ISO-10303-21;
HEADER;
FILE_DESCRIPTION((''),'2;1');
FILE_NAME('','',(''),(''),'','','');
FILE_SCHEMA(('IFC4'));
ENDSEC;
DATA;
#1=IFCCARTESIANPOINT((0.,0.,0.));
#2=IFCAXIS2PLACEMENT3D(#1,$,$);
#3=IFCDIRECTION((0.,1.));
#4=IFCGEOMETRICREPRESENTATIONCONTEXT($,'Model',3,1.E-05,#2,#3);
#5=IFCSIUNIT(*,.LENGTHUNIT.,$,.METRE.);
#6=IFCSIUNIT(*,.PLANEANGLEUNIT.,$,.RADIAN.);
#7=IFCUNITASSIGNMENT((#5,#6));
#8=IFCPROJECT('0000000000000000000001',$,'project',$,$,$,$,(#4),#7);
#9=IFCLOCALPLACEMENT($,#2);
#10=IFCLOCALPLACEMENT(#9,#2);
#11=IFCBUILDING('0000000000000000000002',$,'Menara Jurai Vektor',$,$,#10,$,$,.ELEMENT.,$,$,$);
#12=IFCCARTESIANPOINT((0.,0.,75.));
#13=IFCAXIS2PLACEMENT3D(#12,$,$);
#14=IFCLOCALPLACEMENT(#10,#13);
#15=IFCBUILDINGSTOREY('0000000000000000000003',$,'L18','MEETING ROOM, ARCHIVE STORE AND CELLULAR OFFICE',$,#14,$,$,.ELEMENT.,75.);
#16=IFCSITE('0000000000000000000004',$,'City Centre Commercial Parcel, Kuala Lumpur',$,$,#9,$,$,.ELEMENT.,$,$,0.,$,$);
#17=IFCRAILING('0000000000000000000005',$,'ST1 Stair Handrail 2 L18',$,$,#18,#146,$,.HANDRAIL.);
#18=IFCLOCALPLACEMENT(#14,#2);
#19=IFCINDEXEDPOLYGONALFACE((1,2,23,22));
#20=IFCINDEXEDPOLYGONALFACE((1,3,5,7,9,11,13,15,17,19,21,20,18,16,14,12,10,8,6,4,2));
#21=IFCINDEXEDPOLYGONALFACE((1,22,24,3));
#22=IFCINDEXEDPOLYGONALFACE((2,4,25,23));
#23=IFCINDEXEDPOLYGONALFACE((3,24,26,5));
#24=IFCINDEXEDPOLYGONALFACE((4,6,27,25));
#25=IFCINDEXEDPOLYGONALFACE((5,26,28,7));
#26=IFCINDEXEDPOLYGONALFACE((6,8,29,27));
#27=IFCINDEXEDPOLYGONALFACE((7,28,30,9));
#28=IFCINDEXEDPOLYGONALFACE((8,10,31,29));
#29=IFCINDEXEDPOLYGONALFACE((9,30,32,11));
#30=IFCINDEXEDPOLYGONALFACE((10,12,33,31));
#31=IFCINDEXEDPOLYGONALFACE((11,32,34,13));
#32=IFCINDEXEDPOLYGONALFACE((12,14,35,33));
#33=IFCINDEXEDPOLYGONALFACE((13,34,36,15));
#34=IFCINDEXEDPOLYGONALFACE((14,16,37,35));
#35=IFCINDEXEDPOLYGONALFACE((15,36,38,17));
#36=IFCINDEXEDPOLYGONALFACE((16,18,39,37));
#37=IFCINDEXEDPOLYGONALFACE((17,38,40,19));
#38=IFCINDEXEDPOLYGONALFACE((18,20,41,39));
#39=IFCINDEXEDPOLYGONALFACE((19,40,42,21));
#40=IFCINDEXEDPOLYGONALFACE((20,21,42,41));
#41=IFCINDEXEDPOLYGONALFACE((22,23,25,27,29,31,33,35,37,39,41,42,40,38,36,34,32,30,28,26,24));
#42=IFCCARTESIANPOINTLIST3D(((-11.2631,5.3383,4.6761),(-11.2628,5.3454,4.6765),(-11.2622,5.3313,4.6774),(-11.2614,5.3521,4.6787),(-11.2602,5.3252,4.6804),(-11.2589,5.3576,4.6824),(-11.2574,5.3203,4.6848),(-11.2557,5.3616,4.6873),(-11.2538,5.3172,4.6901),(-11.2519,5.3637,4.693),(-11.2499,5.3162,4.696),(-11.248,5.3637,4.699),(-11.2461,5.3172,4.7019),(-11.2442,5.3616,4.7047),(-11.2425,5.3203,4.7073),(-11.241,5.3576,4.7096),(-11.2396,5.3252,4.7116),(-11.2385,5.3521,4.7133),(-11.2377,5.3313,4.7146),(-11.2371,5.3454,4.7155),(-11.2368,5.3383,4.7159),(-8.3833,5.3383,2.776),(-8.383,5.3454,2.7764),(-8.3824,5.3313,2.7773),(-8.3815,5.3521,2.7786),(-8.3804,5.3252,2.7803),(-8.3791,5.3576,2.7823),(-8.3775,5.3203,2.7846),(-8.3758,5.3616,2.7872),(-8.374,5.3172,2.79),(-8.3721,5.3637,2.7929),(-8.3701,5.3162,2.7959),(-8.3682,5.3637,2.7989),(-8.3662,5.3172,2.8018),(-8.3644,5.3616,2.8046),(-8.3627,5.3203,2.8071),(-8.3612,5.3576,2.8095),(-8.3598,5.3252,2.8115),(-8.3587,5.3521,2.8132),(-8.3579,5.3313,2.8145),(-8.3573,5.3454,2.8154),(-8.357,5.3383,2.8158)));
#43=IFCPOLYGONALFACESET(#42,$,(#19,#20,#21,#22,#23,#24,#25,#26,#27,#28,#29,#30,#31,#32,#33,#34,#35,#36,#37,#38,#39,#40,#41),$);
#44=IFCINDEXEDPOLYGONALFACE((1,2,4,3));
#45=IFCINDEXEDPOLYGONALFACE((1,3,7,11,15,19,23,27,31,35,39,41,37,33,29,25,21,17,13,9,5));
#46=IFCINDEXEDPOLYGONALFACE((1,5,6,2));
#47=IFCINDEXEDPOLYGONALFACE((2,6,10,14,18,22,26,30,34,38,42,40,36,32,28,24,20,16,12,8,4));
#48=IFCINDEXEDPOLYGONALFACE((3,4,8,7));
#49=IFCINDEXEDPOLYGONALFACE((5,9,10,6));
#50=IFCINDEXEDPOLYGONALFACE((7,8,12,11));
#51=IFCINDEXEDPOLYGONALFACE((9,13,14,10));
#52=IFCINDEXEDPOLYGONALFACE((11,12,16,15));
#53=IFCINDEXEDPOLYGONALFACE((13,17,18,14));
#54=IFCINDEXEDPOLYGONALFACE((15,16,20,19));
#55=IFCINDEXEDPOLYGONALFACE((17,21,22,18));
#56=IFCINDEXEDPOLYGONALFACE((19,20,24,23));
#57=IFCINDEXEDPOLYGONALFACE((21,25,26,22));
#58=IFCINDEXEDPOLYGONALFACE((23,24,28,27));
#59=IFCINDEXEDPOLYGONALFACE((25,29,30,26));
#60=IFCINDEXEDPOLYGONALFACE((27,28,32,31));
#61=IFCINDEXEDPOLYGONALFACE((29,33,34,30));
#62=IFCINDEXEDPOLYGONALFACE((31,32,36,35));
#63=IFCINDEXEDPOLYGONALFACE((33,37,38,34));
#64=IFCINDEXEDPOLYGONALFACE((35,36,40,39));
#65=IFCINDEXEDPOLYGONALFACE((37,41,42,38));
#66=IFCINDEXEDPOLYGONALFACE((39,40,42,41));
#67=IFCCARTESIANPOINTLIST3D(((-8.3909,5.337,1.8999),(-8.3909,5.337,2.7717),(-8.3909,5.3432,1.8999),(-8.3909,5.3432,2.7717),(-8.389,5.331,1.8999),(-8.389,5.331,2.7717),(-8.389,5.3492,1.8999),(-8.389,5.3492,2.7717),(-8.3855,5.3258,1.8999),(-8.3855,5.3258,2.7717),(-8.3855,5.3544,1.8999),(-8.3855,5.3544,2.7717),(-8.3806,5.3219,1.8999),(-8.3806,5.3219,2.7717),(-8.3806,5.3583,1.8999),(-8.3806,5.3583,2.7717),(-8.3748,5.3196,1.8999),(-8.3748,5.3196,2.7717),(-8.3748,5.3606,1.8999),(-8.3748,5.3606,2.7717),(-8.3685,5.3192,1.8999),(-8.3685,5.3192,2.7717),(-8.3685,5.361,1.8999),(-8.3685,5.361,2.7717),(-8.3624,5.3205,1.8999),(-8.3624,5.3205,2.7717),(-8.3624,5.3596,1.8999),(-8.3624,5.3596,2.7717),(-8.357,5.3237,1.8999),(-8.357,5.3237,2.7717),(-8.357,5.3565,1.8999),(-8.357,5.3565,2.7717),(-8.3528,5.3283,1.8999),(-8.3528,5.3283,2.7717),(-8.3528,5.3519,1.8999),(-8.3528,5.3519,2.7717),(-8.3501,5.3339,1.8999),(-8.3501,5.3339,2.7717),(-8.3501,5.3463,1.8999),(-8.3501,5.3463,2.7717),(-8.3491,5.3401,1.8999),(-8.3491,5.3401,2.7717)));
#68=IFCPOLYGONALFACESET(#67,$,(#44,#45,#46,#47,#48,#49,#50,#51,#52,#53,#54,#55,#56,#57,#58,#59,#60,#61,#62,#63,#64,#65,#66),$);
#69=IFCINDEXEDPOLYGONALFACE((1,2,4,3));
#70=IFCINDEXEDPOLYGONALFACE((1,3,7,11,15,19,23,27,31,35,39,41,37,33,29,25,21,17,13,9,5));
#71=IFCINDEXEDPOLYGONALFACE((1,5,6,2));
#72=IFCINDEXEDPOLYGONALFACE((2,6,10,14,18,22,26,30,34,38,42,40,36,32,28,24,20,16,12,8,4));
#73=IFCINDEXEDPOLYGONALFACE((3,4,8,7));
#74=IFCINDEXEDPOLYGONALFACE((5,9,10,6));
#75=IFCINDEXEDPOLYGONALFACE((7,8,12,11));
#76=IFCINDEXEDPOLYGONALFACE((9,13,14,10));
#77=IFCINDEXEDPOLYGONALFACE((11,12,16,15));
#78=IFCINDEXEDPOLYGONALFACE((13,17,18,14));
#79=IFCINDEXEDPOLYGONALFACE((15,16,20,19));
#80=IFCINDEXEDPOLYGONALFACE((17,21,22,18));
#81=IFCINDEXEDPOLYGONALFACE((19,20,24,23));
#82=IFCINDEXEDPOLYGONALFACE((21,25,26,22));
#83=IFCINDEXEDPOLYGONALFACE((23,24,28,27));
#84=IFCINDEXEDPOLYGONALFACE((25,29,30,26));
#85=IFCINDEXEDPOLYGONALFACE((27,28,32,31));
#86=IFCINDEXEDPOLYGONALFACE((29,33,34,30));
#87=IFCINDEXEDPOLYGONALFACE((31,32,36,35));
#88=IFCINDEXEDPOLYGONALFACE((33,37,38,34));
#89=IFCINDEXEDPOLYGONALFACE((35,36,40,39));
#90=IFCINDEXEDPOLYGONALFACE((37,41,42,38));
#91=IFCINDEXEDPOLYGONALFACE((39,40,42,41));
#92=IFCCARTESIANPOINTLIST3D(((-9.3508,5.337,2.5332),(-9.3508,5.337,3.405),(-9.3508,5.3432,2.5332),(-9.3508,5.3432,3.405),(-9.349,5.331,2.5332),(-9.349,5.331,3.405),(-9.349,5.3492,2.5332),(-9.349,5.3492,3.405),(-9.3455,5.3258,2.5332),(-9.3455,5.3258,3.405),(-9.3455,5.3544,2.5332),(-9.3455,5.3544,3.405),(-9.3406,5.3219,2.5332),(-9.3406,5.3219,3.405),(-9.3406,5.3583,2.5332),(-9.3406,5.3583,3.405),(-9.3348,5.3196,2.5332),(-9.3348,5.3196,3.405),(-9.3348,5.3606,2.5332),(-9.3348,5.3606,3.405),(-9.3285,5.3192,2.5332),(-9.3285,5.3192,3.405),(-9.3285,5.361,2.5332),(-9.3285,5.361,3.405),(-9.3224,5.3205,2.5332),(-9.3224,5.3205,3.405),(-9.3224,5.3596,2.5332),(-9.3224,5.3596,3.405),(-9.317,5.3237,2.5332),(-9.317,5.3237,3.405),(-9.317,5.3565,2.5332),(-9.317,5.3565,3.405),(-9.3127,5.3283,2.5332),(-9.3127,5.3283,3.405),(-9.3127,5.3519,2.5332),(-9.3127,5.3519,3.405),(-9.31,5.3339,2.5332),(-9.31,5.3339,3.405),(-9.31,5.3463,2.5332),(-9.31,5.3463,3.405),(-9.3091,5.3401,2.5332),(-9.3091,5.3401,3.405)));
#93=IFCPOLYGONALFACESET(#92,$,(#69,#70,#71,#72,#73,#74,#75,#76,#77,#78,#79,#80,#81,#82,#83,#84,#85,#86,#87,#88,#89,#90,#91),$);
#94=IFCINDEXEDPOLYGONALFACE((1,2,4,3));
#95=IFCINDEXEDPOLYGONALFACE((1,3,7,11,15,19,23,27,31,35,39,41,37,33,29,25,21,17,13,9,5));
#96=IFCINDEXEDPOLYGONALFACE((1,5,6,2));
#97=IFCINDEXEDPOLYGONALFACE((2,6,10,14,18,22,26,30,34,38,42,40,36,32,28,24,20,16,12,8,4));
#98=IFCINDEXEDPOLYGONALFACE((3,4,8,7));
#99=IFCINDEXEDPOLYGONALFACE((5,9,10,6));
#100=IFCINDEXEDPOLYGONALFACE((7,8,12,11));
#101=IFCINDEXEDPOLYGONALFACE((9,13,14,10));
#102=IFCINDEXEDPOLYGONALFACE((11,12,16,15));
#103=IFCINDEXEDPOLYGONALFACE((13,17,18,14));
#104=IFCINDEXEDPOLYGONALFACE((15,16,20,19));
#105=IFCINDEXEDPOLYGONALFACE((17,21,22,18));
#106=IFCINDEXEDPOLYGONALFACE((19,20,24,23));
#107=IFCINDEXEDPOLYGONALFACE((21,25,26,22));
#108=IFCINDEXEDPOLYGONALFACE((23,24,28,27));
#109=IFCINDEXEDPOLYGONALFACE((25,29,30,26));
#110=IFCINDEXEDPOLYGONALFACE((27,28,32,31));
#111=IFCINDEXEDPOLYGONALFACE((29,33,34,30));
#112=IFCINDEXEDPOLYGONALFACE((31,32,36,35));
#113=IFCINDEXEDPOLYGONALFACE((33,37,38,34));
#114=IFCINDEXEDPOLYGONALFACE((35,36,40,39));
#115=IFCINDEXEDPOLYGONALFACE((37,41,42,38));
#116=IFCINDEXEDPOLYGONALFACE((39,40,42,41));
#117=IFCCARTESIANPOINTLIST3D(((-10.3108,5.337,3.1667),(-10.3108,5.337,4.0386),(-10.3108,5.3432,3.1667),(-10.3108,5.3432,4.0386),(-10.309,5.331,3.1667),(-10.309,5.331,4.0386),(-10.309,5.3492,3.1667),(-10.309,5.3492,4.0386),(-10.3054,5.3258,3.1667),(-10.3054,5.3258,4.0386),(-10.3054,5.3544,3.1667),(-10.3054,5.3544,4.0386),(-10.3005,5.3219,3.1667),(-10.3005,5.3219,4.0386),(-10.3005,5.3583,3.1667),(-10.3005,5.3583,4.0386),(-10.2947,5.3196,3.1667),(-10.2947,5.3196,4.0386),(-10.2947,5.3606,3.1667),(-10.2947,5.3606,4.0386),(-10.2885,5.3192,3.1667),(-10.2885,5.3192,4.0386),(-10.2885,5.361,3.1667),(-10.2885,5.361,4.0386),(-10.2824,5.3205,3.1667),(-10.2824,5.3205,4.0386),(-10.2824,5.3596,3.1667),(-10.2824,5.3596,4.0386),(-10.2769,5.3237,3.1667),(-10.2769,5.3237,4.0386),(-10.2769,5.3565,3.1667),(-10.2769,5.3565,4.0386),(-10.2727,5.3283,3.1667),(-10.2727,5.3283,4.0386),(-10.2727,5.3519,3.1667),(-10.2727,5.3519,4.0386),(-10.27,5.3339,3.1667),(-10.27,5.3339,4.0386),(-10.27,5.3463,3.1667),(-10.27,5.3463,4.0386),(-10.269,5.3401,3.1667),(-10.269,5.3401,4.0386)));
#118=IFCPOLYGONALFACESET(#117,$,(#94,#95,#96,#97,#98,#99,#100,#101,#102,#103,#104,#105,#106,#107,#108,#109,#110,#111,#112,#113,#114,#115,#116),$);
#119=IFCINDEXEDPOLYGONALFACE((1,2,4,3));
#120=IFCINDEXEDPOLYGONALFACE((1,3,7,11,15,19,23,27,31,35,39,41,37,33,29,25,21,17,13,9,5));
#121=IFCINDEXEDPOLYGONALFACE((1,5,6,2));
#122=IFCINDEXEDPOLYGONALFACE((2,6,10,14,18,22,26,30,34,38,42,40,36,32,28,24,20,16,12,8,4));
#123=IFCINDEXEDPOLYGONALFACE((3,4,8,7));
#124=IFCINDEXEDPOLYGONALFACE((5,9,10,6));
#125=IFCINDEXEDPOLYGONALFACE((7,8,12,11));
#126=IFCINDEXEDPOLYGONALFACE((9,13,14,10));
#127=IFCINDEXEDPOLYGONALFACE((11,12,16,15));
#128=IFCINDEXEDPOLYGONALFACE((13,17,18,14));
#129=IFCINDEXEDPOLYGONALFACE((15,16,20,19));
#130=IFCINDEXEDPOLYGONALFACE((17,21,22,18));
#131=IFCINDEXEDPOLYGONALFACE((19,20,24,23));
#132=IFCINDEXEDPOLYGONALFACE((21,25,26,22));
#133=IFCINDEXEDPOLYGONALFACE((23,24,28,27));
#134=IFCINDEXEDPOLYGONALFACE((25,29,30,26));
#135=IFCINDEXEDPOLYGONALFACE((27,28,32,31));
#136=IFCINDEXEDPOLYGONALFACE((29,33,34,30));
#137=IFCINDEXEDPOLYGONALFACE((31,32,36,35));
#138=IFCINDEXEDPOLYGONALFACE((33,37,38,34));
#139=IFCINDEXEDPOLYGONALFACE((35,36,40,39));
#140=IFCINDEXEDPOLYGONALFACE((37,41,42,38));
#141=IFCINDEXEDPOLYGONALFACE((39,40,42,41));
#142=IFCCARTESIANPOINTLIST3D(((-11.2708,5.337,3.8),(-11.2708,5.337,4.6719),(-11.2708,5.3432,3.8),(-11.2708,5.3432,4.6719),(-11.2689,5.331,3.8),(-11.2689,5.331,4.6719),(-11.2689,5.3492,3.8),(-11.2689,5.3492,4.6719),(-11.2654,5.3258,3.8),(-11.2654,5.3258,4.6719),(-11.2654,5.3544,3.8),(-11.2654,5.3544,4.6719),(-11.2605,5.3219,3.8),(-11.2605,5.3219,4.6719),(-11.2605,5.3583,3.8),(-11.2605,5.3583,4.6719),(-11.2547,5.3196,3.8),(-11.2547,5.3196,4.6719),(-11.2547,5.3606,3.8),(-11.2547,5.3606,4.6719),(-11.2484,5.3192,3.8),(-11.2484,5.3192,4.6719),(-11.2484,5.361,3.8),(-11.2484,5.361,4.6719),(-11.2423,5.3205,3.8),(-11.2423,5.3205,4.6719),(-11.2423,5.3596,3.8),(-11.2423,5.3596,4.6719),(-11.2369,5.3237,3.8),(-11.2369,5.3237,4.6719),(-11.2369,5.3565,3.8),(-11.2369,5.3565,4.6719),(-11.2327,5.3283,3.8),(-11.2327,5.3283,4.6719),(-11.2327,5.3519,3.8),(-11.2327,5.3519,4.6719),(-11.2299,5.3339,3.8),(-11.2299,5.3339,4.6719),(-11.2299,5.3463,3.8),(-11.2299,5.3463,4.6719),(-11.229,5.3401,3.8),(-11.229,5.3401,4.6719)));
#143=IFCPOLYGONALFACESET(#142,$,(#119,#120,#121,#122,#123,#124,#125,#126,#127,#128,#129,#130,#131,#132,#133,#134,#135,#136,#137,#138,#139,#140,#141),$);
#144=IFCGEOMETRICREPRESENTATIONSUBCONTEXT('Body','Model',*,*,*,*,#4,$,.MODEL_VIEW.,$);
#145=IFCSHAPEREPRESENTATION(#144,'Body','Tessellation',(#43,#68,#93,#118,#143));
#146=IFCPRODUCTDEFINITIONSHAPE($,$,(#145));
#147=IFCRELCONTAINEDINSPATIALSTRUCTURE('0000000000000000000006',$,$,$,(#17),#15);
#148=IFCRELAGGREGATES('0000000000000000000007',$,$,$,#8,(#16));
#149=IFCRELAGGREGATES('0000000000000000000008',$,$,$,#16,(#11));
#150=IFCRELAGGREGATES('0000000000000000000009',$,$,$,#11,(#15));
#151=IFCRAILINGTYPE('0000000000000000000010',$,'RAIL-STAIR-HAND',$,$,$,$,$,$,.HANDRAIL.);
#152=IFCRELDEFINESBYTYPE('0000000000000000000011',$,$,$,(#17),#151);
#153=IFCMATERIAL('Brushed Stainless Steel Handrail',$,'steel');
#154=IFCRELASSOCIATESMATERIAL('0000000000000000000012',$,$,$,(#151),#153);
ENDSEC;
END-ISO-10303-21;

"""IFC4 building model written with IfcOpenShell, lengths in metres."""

from ifc_helpers import new_model, si_unit, direction, frame, origin, origin_2d, place, context, subcontext, project, spatial, circle, extrude, material, type_object, element, save


model = new_model("IFC4")

# Units and contexts
model_context = context("Model", 3, precision=1e-05, world=origin(), true_north=direction((0.0, 1.0)))
body_context = subcontext(model_context, "Body", "Model", "MODEL_VIEW")
ifc_project = project(units=[si_unit("LENGTHUNIT", "METRE"), si_unit("PLANEANGLEUNIT", "RADIAN")], contexts=[model_context])

# Site, building, storey
site_placement = place(None, origin())
site = spatial("IfcSite", under=ifc_project, at=site_placement, Name="City Centre Commercial Parcel, Kuala Lumpur", CompositionType="ELEMENT", RefElevation=0.0)
building_placement = place(site_placement, origin())
building = spatial("IfcBuilding", under=site, at=building_placement, Name="Menara Jurai Vektor", CompositionType="ELEMENT")
storey_placement = place(building_placement, frame((0.0, 0.0, 75.0)))
storey = spatial("IfcBuildingStorey", under=building, at=storey_placement, Name="L18", Description="MEETING ROOM, ARCHIVE STORE AND CELLULAR OFFICE", CompositionType="ELEMENT", Elevation=75.0)

# Railing
ifc_material_1 = material(Name="Brushed Stainless Steel Handrail", Category="steel")
railing_type_1 = type_object("IfcRailingType", Name="RAIL-STAIR-HAND", PredefinedType="HANDRAIL", material=ifc_material_1)
railing_1_placement = place(storey_placement, frame((-8.3701, 5.3401, 1.8999)))
element("IfcRailing", 1, at=railing_1_placement, inside=storey, type_object=railing_type_1, Name="ST1 Stair Handrail 2 L18", PredefinedType="HANDRAIL", context=body_context, shape_type="SweptSolid", body=[
    extrude(circle(Radius=0.0239, at=origin_2d()), frame((0.0, 0.0, 0.896), z_axis=(-0.834686, 0.0, 0.550726), x_axis=(0.0, -1.0, 0.0)), (0.0, 0.0, 1.0), 3.4502),
    extrude(circle(Radius=0.021, at=origin_2d()), origin(), (0.0, 0.0, 1.0), 0.8718),
    extrude(circle(Radius=0.021, at=origin_2d()), frame((-0.96, 0.0, 0.6333)), (0.0, 0.0, 1.0), 0.8718),
    extrude(circle(Radius=0.021, at=origin_2d()), frame((-1.9199, 0.0, 1.2668)), (0.0, 0.0, 1.0), 0.8718),
    extrude(circle(Radius=0.021, at=origin_2d()), frame((-2.8799, 0.0, 1.9001)), (0.0, 0.0, 1.0), 0.8718),
])

save(model, "model.ifc")
